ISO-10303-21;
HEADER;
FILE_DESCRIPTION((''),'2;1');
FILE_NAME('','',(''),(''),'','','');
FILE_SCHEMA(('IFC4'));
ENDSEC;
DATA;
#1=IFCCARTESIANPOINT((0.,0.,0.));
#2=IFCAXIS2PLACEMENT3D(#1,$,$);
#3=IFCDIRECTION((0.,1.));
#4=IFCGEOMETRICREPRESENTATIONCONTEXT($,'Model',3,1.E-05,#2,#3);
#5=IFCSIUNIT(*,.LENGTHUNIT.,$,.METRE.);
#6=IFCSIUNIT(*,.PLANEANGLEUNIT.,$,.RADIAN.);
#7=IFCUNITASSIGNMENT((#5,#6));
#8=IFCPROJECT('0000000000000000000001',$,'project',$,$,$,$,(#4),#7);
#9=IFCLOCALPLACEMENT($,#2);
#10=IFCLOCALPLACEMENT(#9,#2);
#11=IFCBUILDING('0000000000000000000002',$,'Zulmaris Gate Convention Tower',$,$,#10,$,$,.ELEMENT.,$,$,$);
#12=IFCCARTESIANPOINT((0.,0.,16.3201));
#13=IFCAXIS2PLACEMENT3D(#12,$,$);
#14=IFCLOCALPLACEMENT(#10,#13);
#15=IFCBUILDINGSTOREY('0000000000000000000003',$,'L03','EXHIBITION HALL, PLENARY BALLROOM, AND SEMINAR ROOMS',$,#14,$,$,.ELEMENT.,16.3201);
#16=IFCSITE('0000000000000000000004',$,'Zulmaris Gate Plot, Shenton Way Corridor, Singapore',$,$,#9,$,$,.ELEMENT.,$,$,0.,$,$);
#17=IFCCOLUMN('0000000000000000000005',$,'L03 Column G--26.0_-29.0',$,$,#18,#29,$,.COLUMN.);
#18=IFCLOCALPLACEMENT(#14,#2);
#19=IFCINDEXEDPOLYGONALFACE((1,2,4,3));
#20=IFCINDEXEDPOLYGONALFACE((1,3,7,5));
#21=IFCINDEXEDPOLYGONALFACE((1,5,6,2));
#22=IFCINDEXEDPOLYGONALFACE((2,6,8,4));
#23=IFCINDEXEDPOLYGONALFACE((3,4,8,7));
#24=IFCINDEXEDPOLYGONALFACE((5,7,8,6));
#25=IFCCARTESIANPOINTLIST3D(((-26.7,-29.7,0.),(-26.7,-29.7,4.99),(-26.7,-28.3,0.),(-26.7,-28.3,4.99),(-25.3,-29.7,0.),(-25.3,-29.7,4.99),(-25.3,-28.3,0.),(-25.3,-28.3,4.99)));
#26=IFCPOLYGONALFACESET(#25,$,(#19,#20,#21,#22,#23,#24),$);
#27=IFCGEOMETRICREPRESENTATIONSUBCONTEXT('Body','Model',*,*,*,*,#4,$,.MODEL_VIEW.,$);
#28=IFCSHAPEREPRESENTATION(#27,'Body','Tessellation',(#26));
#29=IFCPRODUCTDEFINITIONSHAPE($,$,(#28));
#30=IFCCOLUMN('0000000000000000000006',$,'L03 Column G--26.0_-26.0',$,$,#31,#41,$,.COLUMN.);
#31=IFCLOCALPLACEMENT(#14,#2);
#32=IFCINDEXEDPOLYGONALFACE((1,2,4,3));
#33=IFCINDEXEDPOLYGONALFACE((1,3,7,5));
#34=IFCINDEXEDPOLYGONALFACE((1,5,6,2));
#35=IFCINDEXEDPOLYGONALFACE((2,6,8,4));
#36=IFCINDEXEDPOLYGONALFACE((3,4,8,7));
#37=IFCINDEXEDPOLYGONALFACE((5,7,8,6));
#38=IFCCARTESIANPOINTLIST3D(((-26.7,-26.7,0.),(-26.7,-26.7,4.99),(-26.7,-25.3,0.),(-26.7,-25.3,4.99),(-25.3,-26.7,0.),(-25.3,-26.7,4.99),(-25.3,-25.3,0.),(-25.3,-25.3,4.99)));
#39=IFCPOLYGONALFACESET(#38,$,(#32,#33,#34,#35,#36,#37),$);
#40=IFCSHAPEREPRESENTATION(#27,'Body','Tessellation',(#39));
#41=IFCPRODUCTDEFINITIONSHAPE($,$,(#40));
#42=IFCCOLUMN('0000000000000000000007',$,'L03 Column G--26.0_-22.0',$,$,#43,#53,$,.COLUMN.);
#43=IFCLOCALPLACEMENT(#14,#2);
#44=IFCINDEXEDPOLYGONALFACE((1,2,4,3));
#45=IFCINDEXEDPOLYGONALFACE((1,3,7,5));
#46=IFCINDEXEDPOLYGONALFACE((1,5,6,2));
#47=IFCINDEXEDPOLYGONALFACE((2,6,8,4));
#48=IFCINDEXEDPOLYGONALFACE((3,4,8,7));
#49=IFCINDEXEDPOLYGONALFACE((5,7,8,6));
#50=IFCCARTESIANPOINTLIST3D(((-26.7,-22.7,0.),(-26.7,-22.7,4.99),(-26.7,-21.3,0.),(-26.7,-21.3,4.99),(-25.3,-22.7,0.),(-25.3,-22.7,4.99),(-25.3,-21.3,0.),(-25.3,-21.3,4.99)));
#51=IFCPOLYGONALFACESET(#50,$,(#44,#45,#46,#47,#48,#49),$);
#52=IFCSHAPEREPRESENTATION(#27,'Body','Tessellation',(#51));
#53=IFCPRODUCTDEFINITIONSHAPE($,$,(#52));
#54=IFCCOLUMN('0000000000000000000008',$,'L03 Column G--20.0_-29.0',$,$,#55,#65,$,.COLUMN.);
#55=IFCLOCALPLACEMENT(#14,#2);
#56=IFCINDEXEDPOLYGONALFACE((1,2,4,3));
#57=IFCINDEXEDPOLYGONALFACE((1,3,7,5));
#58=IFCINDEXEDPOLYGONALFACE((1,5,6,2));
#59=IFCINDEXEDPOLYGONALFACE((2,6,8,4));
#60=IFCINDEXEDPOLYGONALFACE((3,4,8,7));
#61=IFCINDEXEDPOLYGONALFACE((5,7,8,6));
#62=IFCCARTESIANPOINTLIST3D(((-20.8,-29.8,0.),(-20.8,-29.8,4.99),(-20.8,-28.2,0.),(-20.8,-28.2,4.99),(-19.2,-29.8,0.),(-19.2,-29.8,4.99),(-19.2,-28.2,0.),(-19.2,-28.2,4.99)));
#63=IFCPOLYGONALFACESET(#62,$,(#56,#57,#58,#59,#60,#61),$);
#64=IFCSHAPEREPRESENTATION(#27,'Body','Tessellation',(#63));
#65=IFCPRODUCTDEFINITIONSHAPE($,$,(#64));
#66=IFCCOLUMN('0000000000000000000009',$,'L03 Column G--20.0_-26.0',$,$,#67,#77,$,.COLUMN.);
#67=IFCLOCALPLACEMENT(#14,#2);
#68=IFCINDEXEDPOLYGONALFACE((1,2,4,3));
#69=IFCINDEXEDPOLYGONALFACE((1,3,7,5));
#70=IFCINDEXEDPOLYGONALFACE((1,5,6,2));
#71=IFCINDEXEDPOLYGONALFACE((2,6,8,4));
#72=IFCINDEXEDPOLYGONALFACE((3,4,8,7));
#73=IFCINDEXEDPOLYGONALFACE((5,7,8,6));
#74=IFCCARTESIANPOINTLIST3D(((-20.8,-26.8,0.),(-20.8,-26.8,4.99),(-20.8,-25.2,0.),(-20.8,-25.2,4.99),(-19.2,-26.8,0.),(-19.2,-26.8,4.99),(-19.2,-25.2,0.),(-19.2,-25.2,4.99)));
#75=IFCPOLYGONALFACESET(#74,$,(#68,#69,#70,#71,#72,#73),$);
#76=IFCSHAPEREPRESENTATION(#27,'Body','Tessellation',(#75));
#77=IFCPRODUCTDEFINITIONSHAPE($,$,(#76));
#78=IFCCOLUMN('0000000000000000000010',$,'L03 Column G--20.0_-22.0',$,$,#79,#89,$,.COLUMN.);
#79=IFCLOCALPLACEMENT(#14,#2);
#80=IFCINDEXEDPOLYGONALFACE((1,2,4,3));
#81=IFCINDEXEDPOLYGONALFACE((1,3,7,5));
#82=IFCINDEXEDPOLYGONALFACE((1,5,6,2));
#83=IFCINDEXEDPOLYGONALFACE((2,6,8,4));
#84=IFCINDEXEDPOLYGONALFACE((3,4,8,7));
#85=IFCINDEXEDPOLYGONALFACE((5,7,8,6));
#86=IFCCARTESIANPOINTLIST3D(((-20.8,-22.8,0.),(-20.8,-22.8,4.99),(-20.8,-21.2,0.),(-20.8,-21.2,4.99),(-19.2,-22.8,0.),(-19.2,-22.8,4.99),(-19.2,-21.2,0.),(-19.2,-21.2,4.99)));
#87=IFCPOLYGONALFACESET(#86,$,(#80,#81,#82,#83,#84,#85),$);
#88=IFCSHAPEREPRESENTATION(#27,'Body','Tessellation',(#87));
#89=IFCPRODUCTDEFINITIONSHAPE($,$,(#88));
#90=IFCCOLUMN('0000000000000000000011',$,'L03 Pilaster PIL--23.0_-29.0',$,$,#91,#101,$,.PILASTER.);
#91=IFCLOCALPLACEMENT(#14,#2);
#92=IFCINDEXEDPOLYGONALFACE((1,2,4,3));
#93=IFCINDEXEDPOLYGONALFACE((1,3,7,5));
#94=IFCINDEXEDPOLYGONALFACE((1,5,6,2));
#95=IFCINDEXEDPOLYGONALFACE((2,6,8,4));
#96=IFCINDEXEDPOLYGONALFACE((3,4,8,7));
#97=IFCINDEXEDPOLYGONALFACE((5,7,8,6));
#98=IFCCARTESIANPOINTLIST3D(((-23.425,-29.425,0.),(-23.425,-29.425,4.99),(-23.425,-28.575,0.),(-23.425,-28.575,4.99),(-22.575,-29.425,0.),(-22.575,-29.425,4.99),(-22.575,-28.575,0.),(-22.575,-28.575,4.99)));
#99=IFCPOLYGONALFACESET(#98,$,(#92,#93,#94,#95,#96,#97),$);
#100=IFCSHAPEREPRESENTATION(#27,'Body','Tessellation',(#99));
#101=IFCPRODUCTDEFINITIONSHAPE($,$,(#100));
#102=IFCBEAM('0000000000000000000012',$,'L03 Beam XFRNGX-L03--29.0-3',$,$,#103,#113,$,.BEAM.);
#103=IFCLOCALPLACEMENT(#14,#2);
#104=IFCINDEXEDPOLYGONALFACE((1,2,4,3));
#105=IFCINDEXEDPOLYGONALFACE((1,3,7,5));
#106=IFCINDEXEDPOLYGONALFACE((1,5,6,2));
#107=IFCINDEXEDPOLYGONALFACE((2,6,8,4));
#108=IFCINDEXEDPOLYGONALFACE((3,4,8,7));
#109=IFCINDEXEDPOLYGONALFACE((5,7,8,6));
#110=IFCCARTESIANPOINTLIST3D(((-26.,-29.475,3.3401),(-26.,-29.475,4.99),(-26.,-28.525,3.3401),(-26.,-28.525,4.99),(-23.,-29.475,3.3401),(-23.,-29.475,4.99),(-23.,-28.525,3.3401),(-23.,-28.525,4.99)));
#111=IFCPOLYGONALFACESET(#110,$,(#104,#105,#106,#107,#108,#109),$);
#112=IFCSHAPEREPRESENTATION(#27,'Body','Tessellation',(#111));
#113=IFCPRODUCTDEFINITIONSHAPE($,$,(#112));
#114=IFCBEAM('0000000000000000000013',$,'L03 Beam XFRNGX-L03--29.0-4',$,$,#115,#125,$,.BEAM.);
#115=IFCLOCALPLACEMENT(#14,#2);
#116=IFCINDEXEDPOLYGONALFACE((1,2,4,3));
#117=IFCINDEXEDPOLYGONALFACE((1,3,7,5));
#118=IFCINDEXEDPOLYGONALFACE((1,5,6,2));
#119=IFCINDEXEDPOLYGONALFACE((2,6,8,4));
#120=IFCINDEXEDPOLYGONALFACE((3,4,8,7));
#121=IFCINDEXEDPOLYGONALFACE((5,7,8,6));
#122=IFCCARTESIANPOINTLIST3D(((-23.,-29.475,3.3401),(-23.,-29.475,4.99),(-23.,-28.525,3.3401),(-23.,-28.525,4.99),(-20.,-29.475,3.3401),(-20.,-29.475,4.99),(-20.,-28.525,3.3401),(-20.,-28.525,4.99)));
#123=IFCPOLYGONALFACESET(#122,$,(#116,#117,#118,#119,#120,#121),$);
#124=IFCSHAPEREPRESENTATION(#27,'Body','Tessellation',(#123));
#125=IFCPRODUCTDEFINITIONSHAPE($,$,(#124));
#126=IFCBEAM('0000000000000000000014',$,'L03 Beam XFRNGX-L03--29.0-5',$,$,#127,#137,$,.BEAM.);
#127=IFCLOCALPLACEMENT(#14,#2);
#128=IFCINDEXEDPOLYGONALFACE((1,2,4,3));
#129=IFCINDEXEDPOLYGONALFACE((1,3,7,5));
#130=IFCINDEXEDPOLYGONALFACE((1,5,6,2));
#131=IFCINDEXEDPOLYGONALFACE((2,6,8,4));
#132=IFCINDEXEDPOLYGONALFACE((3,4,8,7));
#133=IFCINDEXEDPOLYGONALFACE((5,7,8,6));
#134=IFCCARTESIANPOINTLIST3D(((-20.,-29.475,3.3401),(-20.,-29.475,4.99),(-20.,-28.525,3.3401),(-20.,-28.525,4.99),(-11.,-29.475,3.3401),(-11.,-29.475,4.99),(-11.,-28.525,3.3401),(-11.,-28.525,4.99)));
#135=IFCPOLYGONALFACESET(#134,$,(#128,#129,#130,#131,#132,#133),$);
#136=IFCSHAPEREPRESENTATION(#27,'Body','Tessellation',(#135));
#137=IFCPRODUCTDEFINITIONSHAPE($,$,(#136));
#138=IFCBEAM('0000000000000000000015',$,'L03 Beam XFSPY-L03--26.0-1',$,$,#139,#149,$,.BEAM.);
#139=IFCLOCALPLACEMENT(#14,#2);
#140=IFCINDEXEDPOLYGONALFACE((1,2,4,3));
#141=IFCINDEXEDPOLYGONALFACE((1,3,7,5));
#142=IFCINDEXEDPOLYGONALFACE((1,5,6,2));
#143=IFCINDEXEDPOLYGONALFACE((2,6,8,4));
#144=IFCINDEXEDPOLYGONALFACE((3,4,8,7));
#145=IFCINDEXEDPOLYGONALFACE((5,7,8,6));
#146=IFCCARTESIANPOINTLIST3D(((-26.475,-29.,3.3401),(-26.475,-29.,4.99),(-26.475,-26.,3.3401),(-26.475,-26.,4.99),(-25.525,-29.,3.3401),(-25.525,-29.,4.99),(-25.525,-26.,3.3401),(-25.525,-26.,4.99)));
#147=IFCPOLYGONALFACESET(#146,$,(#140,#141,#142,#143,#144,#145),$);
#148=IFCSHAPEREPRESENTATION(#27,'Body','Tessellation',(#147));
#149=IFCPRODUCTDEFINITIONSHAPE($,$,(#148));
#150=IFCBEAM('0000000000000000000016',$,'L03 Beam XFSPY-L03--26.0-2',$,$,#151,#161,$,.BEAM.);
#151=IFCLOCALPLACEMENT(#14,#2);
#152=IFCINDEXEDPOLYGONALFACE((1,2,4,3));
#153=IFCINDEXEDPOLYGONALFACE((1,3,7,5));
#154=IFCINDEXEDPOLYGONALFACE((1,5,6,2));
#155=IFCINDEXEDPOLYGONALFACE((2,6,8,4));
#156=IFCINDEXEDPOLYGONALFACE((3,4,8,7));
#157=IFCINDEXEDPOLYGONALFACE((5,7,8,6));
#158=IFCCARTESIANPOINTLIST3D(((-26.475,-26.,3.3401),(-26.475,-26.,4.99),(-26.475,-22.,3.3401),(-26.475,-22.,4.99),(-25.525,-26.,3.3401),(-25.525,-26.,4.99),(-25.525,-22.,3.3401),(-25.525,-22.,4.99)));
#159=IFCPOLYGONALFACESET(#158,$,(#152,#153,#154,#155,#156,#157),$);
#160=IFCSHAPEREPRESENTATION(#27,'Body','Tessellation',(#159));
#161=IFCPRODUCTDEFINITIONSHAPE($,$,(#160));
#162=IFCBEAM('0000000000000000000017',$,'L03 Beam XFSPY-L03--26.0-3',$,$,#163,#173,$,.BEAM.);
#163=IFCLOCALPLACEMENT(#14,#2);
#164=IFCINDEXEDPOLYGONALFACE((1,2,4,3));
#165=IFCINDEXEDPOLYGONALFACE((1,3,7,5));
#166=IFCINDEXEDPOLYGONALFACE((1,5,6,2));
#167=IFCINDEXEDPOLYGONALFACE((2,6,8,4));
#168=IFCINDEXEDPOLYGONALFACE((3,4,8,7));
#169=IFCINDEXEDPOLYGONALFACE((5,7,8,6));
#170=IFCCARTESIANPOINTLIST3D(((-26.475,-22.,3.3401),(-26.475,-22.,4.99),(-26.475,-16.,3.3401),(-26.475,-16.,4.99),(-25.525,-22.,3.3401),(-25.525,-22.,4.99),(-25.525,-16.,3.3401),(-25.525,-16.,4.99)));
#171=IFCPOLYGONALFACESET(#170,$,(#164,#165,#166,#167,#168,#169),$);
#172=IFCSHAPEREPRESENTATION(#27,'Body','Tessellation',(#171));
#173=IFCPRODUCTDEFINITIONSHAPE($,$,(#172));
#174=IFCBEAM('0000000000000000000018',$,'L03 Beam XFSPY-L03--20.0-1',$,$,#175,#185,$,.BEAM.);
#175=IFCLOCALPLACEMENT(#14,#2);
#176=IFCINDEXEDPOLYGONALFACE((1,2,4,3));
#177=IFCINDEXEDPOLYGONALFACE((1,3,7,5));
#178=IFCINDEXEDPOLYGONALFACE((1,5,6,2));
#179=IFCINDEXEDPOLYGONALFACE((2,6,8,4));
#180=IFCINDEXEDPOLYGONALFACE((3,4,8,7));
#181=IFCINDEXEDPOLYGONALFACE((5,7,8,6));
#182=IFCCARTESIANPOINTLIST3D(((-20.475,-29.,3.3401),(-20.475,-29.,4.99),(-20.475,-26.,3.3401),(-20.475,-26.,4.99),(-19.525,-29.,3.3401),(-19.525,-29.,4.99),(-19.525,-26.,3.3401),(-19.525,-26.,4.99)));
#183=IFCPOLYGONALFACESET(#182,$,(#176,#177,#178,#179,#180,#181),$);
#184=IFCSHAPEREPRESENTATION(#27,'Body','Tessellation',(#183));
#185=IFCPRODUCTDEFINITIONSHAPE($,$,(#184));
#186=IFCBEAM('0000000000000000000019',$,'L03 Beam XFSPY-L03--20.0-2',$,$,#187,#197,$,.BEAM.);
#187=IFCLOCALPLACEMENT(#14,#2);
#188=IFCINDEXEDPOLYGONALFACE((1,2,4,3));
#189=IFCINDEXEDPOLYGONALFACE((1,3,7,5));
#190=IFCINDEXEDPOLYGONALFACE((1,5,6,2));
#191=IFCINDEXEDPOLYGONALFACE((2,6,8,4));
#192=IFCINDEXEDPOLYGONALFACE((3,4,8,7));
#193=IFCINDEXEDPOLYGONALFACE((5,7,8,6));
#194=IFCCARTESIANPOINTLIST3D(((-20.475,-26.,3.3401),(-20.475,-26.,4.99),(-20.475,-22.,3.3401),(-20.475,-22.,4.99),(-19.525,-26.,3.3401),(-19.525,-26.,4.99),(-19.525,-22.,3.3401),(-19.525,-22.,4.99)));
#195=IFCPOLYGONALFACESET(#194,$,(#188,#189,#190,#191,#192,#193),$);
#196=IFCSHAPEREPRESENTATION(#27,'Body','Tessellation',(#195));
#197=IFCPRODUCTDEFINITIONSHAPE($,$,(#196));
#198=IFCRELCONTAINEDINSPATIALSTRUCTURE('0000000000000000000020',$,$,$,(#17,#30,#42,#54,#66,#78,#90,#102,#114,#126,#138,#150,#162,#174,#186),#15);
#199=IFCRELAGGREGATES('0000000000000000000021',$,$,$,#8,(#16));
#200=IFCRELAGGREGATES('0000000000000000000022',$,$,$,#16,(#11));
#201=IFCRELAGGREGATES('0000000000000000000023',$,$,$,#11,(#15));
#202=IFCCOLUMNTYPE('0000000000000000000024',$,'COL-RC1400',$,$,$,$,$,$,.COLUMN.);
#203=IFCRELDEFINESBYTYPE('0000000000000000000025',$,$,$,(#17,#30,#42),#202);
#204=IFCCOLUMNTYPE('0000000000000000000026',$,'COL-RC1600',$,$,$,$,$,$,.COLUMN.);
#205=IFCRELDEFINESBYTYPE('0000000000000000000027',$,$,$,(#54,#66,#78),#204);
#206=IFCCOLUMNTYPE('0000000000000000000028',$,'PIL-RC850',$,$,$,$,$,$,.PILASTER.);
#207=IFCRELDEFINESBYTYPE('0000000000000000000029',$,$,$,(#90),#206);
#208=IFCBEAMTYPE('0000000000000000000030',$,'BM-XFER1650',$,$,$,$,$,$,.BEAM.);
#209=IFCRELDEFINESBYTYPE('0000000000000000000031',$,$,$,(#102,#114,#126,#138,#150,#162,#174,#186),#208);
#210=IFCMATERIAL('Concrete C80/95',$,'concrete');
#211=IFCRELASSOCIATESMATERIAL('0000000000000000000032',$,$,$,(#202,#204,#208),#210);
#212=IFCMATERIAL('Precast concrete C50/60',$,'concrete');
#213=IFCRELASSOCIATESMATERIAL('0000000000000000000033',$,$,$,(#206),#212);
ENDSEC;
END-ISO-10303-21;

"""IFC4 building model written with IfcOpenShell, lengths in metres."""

from ifc_helpers import new_model, si_unit, direction, frame, origin, origin_2d, place, context, subcontext, project, spatial, rectangle, extrude, material, material_profile, profile_set, type_object, element, save


model = new_model("IFC4")

# Units and contexts
model_context = context("Model", 3, precision=1e-05, world=origin(), true_north=direction((0.0, 1.0)))
body_context = subcontext(model_context, "Body", "Model", "MODEL_VIEW")
ifc_project = project(units=[si_unit("LENGTHUNIT", "METRE"), si_unit("PLANEANGLEUNIT", "RADIAN")], contexts=[model_context])

# Site, building, storey
site_placement = place(None, origin())
site = spatial("IfcSite", under=ifc_project, at=site_placement, Name="Zulmaris Gate Plot, Shenton Way Corridor, Singapore", CompositionType="ELEMENT", RefElevation=0.0)
building_placement = place(site_placement, origin())
building = spatial("IfcBuilding", under=site, at=building_placement, Name="Zulmaris Gate Convention Tower", CompositionType="ELEMENT")
storey_placement = place(building_placement, frame((0.0, 0.0, 16.3201)))
storey = spatial("IfcBuildingStorey", under=building, at=storey_placement, Name="L03", Description="EXHIBITION HALL, PLENARY BALLROOM, AND SEMINAR ROOMS", CompositionType="ELEMENT", Elevation=16.3201)

# Columns
ifc_material_1 = material(Name="Concrete C80/95", Category="concrete")
ifc_material_profile_1 = material_profile(ifc_material_1, rectangle(XDim=1.3999, YDim=1.3999, at=origin_2d()), Name="RC COL 1400x1400")
ifc_profile_set_1 = profile_set([ifc_material_profile_1], Name="Concrete C80/95")
column_type_1 = type_object("IfcColumnType", Name="COL-RC1400", PredefinedType="COLUMN", material=ifc_profile_set_1)
for number, where, z_axis, x_axis, name in (
    (1, (-26.0, -29.0, 0.0), (0.0, 0.0, 1.0), (1.0, 0.0, 0.0), "L03 Column G--26.0_-29.0"),
    (2, (-26.0, -26.0, 0.0), (0.0, 0.0, 1.0), (1.0, 0.0, 0.0), "L03 Column G--26.0_-26.0"),
    (3, (-26.0, -22.0, 0.0), (0.0, 0.0, 1.0), (1.0, 0.0, 0.0), "L03 Column G--26.0_-22.0"),
):
    element("IfcColumn", number, at=place(storey_placement, frame(where, z_axis=z_axis, x_axis=x_axis)), inside=storey, type_object=column_type_1, Name=name, PredefinedType="COLUMN", context=body_context, shape_type="SweptSolid", body=[
        extrude(rectangle(XDim=1.3999, YDim=1.3999, at=origin_2d()), origin(), (0.0, 0.0, 1.0), 4.99),
    ])
ifc_material_profile_2 = material_profile(ifc_material_1, rectangle(XDim=1.6001, YDim=1.6001, at=origin_2d()), Name="RC COL 1600x1600")
ifc_profile_set_2 = profile_set([ifc_material_profile_2], Name="Concrete C80/95")
column_type_2 = type_object("IfcColumnType", Name="COL-RC1600", PredefinedType="COLUMN", material=ifc_profile_set_2)
for number, where, z_axis, x_axis, name in (
    (4, (-20.0, -29.0, 0.0), (0.0, 0.0, 1.0), (1.0, 0.0, 0.0), "L03 Column G--20.0_-29.0"),
    (5, (-20.0, -26.0, 0.0), (0.0, 0.0, 1.0), (1.0, 0.0, 0.0), "L03 Column G--20.0_-26.0"),
    (6, (-20.0, -22.0, 0.0), (0.0, 0.0, 1.0), (1.0, 0.0, 0.0), "L03 Column G--20.0_-22.0"),
):
    element("IfcColumn", number, at=place(storey_placement, frame(where, z_axis=z_axis, x_axis=x_axis)), inside=storey, type_object=column_type_2, Name=name, PredefinedType="COLUMN", context=body_context, shape_type="SweptSolid", body=[
        extrude(rectangle(XDim=1.6001, YDim=1.6001, at=origin_2d()), origin(), (0.0, 0.0, 1.0), 4.99),
    ])
ifc_material_2 = material(Name="Precast concrete C50/60", Category="concrete")
ifc_material_profile_3 = material_profile(ifc_material_2, rectangle(XDim=0.8501, YDim=0.8501, at=origin_2d()), Name="RC COL 850x850")
ifc_profile_set_3 = profile_set([ifc_material_profile_3], Name="Precast concrete C50/60")
column_type_3 = type_object("IfcColumnType", Name="PIL-RC850", PredefinedType="PILASTER", material=ifc_profile_set_3)
column_placement = place(storey_placement, frame((-23.0, -29.0, 0.0), z_axis=(0.0, 0.0, 1.0), x_axis=(1.0, 0.0, 0.0)))
element("IfcColumn", 7, at=column_placement, inside=storey, type_object=column_type_3, Name="L03 Pilaster PIL--23.0_-29.0", PredefinedType="PILASTER", context=body_context, shape_type="SweptSolid", body=[
    extrude(rectangle(XDim=0.8501, YDim=0.8501, at=origin_2d()), origin(), (0.0, 0.0, 1.0), 4.99),
])

# Beams
ifc_material_profile_4 = material_profile(ifc_material_1, rectangle(XDim=0.95, YDim=1.6499, at=origin_2d()), Name="RC TRANSFER 950x1650")
ifc_profile_set_4 = profile_set([ifc_material_profile_4], Name="Concrete C80/95")
beam_type = type_object("IfcBeamType", Name="BM-XFER1650", PredefinedType="BEAM", material=ifc_profile_set_4)
for number, where, z_axis, x_axis, name in (
    (8, (-26.0, -29.0, 4.165), (1.0, 0.0, 0.0), (0.0, 1.0, 0.0), "L03 Beam XFRNGX-L03--29.0-3"),
    (9, (-23.0, -29.0, 4.165), (1.0, 0.0, 0.0), (0.0, 1.0, 0.0), "L03 Beam XFRNGX-L03--29.0-4"),
):
    element("IfcBeam", number, at=place(storey_placement, frame(where, z_axis=z_axis, x_axis=x_axis)), inside=storey, type_object=beam_type, Name=name, PredefinedType="BEAM", context=body_context, shape_type="SweptSolid", body=[
        extrude(rectangle(XDim=0.95, YDim=1.6499, at=origin_2d()), origin(), (0.0, 0.0, 1.0), 3.0),
    ])
beam_1_placement = place(storey_placement, frame((-20.0, -29.0, 4.165), z_axis=(1.0, 0.0, 0.0), x_axis=(0.0, 1.0, 0.0)))
element("IfcBeam", 10, at=beam_1_placement, inside=storey, type_object=beam_type, Name="L03 Beam XFRNGX-L03--29.0-5", PredefinedType="BEAM", context=body_context, shape_type="SweptSolid", body=[
    extrude(rectangle(XDim=0.95, YDim=1.6499, at=origin_2d()), origin(), (0.0, 0.0, 1.0), 9.0),
])
beam_2_placement = place(storey_placement, frame((-26.0, -29.0, 4.165), z_axis=(0.0, 1.0, 0.0), x_axis=(-1.0, 0.0, 0.0)))
element("IfcBeam", 11, at=beam_2_placement, inside=storey, type_object=beam_type, Name="L03 Beam XFSPY-L03--26.0-1", PredefinedType="BEAM", context=body_context, shape_type="SweptSolid", body=[
    extrude(rectangle(XDim=0.95, YDim=1.6499, at=origin_2d()), origin(), (0.0, 0.0, 1.0), 3.0),
])
beam_3_placement = place(storey_placement, frame((-26.0, -26.0, 4.165), z_axis=(0.0, 1.0, 0.0), x_axis=(-1.0, 0.0, 0.0)))
element("IfcBeam", 12, at=beam_3_placement, inside=storey, type_object=beam_type, Name="L03 Beam XFSPY-L03--26.0-2", PredefinedType="BEAM", context=body_context, shape_type="SweptSolid", body=[
    extrude(rectangle(XDim=0.95, YDim=1.6499, at=origin_2d()), origin(), (0.0, 0.0, 1.0), 4.0),
])
beam_4_placement = place(storey_placement, frame((-26.0, -22.0, 4.165), z_axis=(0.0, 1.0, 0.0), x_axis=(-1.0, 0.0, 0.0)))
element("IfcBeam", 13, at=beam_4_placement, inside=storey, type_object=beam_type, Name="L03 Beam XFSPY-L03--26.0-3", PredefinedType="BEAM", context=body_context, shape_type="SweptSolid", body=[
    extrude(rectangle(XDim=0.95, YDim=1.6499, at=origin_2d()), origin(), (0.0, 0.0, 1.0), 6.0),
])
beam_5_placement = place(storey_placement, frame((-20.0, -29.0, 4.165), z_axis=(0.0, 1.0, 0.0), x_axis=(-1.0, 0.0, 0.0)))
element("IfcBeam", 14, at=beam_5_placement, inside=storey, type_object=beam_type, Name="L03 Beam XFSPY-L03--20.0-1", PredefinedType="BEAM", context=body_context, shape_type="SweptSolid", body=[
    extrude(rectangle(XDim=0.95, YDim=1.6499, at=origin_2d()), origin(), (0.0, 0.0, 1.0), 3.0),
])
beam_6_placement = place(storey_placement, frame((-20.0, -26.0, 4.165), z_axis=(0.0, 1.0, 0.0), x_axis=(-1.0, 0.0, 0.0)))
element("IfcBeam", 15, at=beam_6_placement, inside=storey, type_object=beam_type, Name="L03 Beam XFSPY-L03--20.0-2", PredefinedType="BEAM", context=body_context, shape_type="SweptSolid", body=[
    extrude(rectangle(XDim=0.95, YDim=1.6499, at=origin_2d()), origin(), (0.0, 0.0, 1.0), 4.0),
])

save(model, "model.ifc")
